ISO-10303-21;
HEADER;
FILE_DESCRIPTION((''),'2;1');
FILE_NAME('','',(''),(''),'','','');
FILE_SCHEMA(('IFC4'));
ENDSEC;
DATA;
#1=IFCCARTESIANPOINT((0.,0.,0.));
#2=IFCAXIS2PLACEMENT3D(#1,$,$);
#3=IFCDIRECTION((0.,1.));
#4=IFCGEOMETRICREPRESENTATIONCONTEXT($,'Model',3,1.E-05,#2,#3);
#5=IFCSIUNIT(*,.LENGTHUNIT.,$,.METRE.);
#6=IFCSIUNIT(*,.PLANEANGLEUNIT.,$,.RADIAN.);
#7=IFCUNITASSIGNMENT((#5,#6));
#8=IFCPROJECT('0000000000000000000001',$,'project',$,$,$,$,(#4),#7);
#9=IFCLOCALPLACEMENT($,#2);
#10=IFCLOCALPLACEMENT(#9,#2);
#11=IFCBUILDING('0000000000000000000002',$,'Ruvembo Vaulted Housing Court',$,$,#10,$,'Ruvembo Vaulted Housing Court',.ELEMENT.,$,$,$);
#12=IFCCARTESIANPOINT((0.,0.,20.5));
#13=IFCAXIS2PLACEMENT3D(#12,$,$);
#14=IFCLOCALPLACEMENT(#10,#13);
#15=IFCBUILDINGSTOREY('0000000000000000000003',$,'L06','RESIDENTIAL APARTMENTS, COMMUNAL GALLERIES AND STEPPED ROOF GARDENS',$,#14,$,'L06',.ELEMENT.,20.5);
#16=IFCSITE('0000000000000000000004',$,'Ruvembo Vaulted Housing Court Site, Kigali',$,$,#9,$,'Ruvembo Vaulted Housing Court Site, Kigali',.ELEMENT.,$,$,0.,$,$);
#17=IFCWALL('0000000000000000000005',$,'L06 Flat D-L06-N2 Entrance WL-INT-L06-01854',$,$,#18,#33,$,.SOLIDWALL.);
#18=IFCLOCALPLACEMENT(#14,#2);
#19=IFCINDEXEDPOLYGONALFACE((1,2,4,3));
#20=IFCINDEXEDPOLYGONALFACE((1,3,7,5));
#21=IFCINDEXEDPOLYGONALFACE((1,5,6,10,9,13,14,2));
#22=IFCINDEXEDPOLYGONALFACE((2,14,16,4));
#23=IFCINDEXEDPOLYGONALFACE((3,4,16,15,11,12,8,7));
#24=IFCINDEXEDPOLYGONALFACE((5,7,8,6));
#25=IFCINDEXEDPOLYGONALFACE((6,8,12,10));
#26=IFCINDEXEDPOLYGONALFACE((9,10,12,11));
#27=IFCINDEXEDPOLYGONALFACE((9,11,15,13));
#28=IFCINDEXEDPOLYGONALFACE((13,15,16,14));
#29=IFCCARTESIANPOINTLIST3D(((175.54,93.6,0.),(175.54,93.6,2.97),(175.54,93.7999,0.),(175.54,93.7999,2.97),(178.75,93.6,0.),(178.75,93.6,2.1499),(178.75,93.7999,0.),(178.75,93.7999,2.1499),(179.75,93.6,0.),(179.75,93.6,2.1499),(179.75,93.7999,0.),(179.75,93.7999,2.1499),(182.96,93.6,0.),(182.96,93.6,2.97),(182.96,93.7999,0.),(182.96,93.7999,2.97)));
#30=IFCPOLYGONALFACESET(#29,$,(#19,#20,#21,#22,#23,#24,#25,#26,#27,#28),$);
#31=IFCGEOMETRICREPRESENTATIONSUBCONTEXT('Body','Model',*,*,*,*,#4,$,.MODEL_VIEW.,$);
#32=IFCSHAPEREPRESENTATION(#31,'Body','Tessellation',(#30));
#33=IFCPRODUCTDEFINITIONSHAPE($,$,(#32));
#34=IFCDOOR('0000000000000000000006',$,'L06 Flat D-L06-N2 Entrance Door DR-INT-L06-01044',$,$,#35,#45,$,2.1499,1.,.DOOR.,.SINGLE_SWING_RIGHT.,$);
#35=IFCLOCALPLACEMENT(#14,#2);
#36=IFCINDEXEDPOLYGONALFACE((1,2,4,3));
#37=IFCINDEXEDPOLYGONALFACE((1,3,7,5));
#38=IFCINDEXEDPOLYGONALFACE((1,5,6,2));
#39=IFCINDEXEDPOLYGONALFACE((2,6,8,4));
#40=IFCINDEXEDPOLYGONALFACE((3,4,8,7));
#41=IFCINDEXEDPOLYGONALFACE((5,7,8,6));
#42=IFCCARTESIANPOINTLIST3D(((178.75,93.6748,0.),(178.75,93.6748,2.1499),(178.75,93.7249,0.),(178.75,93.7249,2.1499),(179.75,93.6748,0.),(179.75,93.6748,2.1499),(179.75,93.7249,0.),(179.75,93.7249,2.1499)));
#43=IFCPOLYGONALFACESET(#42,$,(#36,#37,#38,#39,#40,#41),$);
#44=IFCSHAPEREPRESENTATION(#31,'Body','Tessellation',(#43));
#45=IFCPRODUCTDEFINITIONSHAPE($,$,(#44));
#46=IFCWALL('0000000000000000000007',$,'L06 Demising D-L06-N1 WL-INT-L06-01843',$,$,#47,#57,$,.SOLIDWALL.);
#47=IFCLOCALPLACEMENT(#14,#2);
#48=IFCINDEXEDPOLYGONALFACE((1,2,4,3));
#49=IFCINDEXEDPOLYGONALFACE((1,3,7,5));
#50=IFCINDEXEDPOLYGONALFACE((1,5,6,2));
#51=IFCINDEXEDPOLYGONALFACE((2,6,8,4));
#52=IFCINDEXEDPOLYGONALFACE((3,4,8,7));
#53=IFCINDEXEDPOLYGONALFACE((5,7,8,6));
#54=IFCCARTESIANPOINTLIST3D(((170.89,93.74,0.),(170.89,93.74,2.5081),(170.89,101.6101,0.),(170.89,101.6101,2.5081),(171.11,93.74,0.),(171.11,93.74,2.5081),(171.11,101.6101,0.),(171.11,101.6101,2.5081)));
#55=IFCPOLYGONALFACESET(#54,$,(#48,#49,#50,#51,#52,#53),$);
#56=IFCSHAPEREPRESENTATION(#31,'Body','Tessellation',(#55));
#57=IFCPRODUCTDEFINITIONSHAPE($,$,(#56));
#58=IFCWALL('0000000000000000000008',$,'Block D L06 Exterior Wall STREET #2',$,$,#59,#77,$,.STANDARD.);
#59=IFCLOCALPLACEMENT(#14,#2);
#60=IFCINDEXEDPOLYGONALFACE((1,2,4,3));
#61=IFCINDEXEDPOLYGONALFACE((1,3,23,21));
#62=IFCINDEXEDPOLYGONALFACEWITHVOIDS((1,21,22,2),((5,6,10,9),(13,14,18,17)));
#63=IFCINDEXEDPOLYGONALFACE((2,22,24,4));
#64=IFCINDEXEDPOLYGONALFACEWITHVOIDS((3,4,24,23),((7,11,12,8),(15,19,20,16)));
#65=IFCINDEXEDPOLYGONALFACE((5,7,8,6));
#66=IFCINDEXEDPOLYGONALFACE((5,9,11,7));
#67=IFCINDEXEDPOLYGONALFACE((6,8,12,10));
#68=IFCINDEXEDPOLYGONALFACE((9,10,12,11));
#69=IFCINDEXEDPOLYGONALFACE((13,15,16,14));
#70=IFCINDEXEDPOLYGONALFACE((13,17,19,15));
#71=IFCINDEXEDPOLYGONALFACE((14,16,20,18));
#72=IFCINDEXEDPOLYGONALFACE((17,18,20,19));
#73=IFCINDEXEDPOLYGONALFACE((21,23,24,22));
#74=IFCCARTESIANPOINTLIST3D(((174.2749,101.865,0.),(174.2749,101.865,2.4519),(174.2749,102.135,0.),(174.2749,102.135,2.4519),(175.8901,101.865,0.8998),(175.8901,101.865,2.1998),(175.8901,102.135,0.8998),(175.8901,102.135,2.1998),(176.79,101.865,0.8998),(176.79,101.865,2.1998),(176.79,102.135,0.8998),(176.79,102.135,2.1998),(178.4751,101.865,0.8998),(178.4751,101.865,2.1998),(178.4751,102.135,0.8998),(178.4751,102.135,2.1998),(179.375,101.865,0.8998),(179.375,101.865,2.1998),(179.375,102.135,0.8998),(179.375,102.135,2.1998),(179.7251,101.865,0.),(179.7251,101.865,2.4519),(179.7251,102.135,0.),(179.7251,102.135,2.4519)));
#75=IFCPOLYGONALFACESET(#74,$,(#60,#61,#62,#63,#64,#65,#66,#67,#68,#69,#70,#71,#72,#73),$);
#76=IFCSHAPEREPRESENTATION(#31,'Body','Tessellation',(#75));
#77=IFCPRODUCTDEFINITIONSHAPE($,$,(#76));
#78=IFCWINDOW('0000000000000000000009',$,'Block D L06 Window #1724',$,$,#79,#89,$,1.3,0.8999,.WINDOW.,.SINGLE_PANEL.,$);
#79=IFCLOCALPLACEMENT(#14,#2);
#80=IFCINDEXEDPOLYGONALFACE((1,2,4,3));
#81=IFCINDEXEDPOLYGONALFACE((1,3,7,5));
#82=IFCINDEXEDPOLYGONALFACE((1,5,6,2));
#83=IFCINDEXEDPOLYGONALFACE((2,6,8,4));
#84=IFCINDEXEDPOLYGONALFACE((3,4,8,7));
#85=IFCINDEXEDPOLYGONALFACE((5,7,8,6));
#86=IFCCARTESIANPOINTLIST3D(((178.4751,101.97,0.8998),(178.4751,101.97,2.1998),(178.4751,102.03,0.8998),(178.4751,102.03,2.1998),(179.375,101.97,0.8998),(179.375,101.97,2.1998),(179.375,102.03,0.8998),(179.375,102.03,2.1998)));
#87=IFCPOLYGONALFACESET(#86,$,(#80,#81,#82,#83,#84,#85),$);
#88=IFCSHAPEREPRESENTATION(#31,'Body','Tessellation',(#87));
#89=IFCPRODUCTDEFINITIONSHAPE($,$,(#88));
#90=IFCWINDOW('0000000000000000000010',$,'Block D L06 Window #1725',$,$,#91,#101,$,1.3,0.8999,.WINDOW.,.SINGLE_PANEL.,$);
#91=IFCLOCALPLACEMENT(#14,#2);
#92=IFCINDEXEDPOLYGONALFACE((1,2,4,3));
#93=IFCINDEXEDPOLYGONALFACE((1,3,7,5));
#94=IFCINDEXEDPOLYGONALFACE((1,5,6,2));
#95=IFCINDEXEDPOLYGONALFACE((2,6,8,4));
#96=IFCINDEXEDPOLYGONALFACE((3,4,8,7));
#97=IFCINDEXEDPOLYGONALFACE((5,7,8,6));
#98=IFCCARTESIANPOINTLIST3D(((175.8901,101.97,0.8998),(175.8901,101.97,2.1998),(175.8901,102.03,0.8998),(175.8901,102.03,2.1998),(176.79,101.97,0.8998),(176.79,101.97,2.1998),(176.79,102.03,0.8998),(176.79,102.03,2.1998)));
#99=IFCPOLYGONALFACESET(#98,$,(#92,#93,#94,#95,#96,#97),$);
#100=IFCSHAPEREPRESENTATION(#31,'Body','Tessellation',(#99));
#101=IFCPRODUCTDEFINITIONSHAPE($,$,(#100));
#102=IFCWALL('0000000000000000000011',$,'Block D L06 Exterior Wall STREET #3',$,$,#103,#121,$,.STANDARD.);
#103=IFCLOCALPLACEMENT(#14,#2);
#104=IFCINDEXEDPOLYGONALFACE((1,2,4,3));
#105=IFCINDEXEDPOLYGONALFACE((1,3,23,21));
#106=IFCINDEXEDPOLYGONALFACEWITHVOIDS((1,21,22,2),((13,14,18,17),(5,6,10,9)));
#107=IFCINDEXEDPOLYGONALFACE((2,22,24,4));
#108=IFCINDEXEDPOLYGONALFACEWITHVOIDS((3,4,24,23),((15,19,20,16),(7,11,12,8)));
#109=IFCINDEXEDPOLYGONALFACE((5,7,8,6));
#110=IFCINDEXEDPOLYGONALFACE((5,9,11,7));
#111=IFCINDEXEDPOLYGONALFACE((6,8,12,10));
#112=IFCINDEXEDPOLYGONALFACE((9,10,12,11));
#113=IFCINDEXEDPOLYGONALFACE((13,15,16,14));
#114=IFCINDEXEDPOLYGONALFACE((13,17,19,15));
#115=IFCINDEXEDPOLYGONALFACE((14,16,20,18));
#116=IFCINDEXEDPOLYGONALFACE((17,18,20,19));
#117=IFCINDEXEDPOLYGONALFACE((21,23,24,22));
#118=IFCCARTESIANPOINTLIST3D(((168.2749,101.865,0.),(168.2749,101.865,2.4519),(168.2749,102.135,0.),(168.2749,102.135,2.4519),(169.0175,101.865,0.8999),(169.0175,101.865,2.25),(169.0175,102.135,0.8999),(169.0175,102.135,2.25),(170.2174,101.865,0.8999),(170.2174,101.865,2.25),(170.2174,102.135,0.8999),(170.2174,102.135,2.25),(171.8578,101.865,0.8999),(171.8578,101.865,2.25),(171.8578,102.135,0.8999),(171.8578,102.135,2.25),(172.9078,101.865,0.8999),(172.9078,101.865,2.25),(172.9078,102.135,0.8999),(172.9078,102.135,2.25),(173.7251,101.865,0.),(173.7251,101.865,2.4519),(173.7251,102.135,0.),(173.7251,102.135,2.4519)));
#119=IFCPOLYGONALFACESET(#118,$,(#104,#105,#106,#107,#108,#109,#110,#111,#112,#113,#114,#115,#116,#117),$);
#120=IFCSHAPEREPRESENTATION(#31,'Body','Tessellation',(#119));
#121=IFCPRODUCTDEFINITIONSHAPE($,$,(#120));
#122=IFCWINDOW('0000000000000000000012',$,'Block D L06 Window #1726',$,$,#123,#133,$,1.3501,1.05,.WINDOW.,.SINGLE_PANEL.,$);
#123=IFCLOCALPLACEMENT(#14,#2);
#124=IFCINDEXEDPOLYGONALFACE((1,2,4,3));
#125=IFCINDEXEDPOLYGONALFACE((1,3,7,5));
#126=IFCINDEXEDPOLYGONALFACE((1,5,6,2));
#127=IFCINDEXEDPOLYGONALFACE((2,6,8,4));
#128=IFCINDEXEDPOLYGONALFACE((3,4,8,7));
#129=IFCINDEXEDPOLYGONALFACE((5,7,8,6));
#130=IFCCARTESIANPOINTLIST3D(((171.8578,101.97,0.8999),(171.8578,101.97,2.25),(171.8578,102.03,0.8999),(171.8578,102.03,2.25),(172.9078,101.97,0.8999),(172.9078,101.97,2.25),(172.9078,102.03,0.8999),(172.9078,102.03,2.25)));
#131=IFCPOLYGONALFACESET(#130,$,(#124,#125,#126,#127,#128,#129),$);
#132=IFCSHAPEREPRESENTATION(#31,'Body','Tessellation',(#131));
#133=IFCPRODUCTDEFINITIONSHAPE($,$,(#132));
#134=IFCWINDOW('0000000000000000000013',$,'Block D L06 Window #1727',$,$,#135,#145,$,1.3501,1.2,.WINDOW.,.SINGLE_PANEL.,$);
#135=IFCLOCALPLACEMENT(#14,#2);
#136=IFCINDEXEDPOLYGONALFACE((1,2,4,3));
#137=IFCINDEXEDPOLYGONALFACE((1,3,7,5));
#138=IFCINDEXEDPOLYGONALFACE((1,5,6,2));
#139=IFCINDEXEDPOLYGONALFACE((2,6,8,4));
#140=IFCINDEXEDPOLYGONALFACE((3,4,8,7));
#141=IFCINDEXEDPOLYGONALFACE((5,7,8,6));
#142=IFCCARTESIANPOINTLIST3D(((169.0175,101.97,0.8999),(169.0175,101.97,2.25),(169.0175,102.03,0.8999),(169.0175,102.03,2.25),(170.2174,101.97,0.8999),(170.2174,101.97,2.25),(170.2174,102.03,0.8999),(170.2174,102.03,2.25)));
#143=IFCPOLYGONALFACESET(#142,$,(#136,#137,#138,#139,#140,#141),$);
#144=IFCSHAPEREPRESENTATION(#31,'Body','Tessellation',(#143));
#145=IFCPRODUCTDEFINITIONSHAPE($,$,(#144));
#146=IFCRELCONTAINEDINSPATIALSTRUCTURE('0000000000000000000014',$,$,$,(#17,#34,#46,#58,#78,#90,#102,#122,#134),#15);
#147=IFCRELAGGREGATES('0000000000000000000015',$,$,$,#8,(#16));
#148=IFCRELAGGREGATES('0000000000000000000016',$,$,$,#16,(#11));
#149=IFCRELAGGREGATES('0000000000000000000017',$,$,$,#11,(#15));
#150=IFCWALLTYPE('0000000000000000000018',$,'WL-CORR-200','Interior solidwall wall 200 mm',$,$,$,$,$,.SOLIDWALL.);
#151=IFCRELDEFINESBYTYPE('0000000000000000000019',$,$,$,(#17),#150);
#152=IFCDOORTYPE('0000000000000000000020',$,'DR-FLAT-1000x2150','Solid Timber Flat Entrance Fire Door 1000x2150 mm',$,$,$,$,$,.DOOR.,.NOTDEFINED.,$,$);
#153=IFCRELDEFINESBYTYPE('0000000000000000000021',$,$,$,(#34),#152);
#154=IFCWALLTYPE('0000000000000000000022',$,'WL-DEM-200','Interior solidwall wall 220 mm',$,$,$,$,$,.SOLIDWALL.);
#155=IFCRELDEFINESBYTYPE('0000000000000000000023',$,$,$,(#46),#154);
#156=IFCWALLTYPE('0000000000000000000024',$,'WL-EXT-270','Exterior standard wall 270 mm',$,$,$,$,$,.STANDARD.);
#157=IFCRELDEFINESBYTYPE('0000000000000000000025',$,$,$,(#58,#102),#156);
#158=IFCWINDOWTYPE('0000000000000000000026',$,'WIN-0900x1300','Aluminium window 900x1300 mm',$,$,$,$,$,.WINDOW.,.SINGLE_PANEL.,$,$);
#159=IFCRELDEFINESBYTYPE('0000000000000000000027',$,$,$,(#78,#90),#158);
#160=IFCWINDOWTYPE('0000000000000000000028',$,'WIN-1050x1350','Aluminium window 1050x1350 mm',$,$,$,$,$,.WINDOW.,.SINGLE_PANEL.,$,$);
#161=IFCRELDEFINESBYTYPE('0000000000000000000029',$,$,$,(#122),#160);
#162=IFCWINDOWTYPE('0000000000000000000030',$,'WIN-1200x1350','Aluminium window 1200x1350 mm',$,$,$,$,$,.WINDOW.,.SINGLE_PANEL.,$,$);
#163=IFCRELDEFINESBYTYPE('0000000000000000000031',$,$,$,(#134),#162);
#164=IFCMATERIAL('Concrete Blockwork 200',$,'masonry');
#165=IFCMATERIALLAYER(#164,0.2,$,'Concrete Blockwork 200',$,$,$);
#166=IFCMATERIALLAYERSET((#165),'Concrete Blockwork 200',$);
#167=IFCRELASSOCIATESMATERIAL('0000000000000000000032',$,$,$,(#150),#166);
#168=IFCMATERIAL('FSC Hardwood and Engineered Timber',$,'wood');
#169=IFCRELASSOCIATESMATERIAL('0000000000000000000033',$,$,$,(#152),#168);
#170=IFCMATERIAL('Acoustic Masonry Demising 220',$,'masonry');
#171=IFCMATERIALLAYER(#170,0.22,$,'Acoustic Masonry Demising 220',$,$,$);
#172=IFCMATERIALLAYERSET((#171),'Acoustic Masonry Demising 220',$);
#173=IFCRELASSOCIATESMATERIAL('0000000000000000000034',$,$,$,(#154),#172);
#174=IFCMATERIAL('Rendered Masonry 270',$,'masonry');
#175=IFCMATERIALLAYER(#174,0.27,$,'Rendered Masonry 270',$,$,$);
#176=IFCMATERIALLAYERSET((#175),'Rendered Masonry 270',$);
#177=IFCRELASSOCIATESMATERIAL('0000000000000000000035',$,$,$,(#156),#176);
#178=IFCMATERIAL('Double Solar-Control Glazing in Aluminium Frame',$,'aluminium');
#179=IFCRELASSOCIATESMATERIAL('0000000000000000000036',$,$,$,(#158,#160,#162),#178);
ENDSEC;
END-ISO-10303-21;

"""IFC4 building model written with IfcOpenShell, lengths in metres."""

from ifc_helpers import new_model, si_unit, direction, frame, frame_2d, origin, place, context, subcontext, project, spatial, rectangle, extrude, material, layer, layer_set, type_object, element, fill, save


model = new_model("IFC4")

# Units and contexts
model_context = context("Model", 3, precision=1e-05, world=origin(), true_north=direction((0.0, 1.0)))
body_context = subcontext(model_context, "Body", "Model", "MODEL_VIEW")
ifc_project = project(units=[si_unit("LENGTHUNIT", "METRE"), si_unit("PLANEANGLEUNIT", "RADIAN")], contexts=[model_context])

# Site, building, storey
site_placement = place(None, origin())
site = spatial("IfcSite", under=ifc_project, at=site_placement, Name="Ruvembo Vaulted Housing Court Site, Kigali", LongName="Ruvembo Vaulted Housing Court Site, Kigali", CompositionType="ELEMENT", RefElevation=0.0)
building_placement = place(site_placement, origin())
building = spatial("IfcBuilding", under=site, at=building_placement, Name="Ruvembo Vaulted Housing Court", LongName="Ruvembo Vaulted Housing Court", CompositionType="ELEMENT")
storey_placement = place(building_placement, frame((0.0, 0.0, 20.5)))
storey = spatial("IfcBuildingStorey", under=building, at=storey_placement, Name="L06", Description="RESIDENTIAL APARTMENTS, COMMUNAL GALLERIES AND STEPPED ROOF GARDENS", LongName="L06", CompositionType="ELEMENT", Elevation=20.5)

# Shared definitions
ifc_material_1 = material(Name="Concrete Blockwork 200", Category="masonry")
ifc_layer_1 = layer(ifc_material_1, 0.2, Name="Concrete Blockwork 200")
ifc_layer_set_1 = layer_set([ifc_layer_1], Name="Concrete Blockwork 200")
wall_type_1 = type_object("IfcWallType", Name="WL-CORR-200", Description="Interior solidwall wall 200 mm", PredefinedType="SOLIDWALL", material=ifc_layer_set_1)

# Wall, opening, door
wall_1_placement = place(storey_placement, frame((175.54, 93.7, 0.0), z_axis=(0.0, 0.0, 1.0), x_axis=(1.0, 0.0, 0.0)))
wall_1 = element("IfcWall", 1, at=wall_1_placement, inside=storey, type_object=wall_type_1, Name="L06 Flat D-L06-N2 Entrance WL-INT-L06-01854", PredefinedType="SOLIDWALL", context=body_context, shape_type="SweptSolid", body=[
    extrude(rectangle(XDim=7.4199, YDim=0.2, at=frame_2d((3.71, 0.0))), origin(), (0.0, 0.0, 1.0), 2.97),
])
opening_1_placement = place(wall_1_placement, frame((3.21, 0.0, 0.0)))
opening_1 = element("IfcOpeningElement", 2, at=opening_1_placement, cuts=wall_1, PredefinedType="OPENING", context=body_context, shape_type="SweptSolid", body=[
    extrude(rectangle(XDim=1.0, YDim=2.1499, at=frame_2d((0.5, 1.075))), frame((0.0, 0.1099, 0.0), z_axis=(0.0, -1.0, 0.0), x_axis=(1.0, 0.0, 0.0)), (0.0, 0.0, 1.0), 0.22),
])
ifc_material_2 = material(Name="FSC Hardwood and Engineered Timber", Category="wood")
door_type_1 = type_object("IfcDoorType", Name="DR-FLAT-1000x2150", Description="Solid Timber Flat Entrance Fire Door 1000x2150 mm", OperationType="NOTDEFINED", PredefinedType="DOOR", material=ifc_material_2)
door_1_placement = place(opening_1_placement, origin())
door_1 = element("IfcDoor", 3, at=door_1_placement, inside=storey, type_object=door_type_1, Name="L06 Flat D-L06-N2 Entrance Door DR-INT-L06-01044", OperationType="SINGLE_SWING_RIGHT", OverallHeight=2.1499, OverallWidth=1.0, PredefinedType="DOOR", context=body_context, shape_type="SweptSolid", body=[
    extrude(rectangle(XDim=1.0, YDim=2.1499, at=frame_2d((0.5, 1.075))), frame((0.0, 0.0249, 0.0), z_axis=(0.0, -1.0, 0.0), x_axis=(1.0, 0.0, 0.0)), (0.0, 0.0, 1.0), 0.05),
])
fill(opening_1, door_1)

# Wall
ifc_material_3 = material(Name="Acoustic Masonry Demising 220", Category="masonry")
ifc_layer_2 = layer(ifc_material_3, 0.22, Name="Acoustic Masonry Demising 220")
ifc_layer_set_2 = layer_set([ifc_layer_2], Name="Acoustic Masonry Demising 220")
wall_type_2 = type_object("IfcWallType", Name="WL-DEM-200", Description="Interior solidwall wall 220 mm", PredefinedType="SOLIDWALL", material=ifc_layer_set_2)
wall_2_placement = place(storey_placement, frame((171.0, 93.74, 0.0), z_axis=(0.0, 0.0, 1.0), x_axis=(0.0, 1.0, 0.0)))
element("IfcWall", 4, at=wall_2_placement, inside=storey, type_object=wall_type_2, Name="L06 Demising D-L06-N1 WL-INT-L06-01843", PredefinedType="SOLIDWALL", context=body_context, shape_type="SweptSolid", body=[
    extrude(rectangle(XDim=7.8701, YDim=0.22, at=frame_2d((3.9351, 0.0))), origin(), (0.0, 0.0, 1.0), 2.5081),
])

# Walls, openings, windows
ifc_material_4 = material(Name="Rendered Masonry 270", Category="masonry")
ifc_layer_3 = layer(ifc_material_4, 0.27, Name="Rendered Masonry 270")
ifc_layer_set_3 = layer_set([ifc_layer_3], Name="Rendered Masonry 270")
wall_type_3 = type_object("IfcWallType", Name="WL-EXT-270", Description="Exterior standard wall 270 mm", PredefinedType="STANDARD", material=ifc_layer_set_3)
wall_3_placement = place(storey_placement, frame((179.7251, 102.0, 0.0), z_axis=(0.0, 0.0, 1.0), x_axis=(-1.0, 0.0, 0.0)))
wall_3 = element("IfcWall", 5, at=wall_3_placement, inside=storey, type_object=wall_type_3, Name="Block D L06 Exterior Wall STREET #2", PredefinedType="STANDARD", context=body_context, shape_type="SweptSolid", body=[
    extrude(rectangle(XDim=5.4502, YDim=0.27, at=frame_2d((2.7251, 0.0))), origin(), (0.0, 0.0, 1.0), 2.4519),
])
opening_2_placement = place(wall_3_placement, frame((0.3501, 0.0, 0.8999)))
opening_2 = element("IfcOpeningElement", 6, at=opening_2_placement, cuts=wall_3, PredefinedType="OPENING", context=body_context, shape_type="SweptSolid", body=[
    extrude(rectangle(XDim=0.8999, YDim=1.3, at=frame_2d((0.45, 0.6499))), frame((0.0, 0.145, 0.0), z_axis=(0.0, -1.0, 0.0), x_axis=(1.0, 0.0, 0.0)), (0.0, 0.0, 1.0), 0.29),
])
opening_3_placement = place(wall_3_placement, frame((2.9351, 0.0, 0.8999)))
opening_3 = element("IfcOpeningElement", 7, at=opening_3_placement, cuts=wall_3, PredefinedType="OPENING", context=body_context, shape_type="SweptSolid", body=[
    extrude(rectangle(XDim=0.8999, YDim=1.3, at=frame_2d((0.45, 0.6499))), frame((0.0, 0.145, 0.0), z_axis=(0.0, -1.0, 0.0), x_axis=(1.0, 0.0, 0.0)), (0.0, 0.0, 1.0), 0.29),
])
ifc_material_5 = material(Name="Double Solar-Control Glazing in Aluminium Frame", Category="aluminium")
window_type_1 = type_object("IfcWindowType", Name="WIN-0900x1300", Description="Aluminium window 900x1300 mm", PartitioningType="SINGLE_PANEL", PredefinedType="WINDOW", material=ifc_material_5)
window_1_placement = place(opening_2_placement, origin())
window_1 = element("IfcWindow", 8, at=window_1_placement, inside=storey, type_object=window_type_1, Name="Block D L06 Window #1724", OverallHeight=1.3, OverallWidth=0.8999, PartitioningType="SINGLE_PANEL", PredefinedType="WINDOW", context=body_context, shape_type="SweptSolid", body=[
    extrude(rectangle(XDim=0.8999, YDim=1.3, at=frame_2d((0.45, 0.6499))), frame((0.0, 0.03, 0.0), z_axis=(0.0, -1.0, 0.0), x_axis=(1.0, 0.0, 0.0)), (0.0, 0.0, 1.0), 0.0601),
])
fill(opening_2, window_1)
window_2_placement = place(opening_3_placement, origin())
window_2 = element("IfcWindow", 9, at=window_2_placement, inside=storey, type_object=window_type_1, Name="Block D L06 Window #1725", OverallHeight=1.3, OverallWidth=0.8999, PartitioningType="SINGLE_PANEL", PredefinedType="WINDOW", context=body_context, shape_type="SweptSolid", body=[
    extrude(rectangle(XDim=0.8999, YDim=1.3, at=frame_2d((0.45, 0.6499))), frame((0.0, 0.03, 0.0), z_axis=(0.0, -1.0, 0.0), x_axis=(1.0, 0.0, 0.0)), (0.0, 0.0, 1.0), 0.0601),
])
fill(opening_3, window_2)
wall_4_placement = place(storey_placement, frame((173.7251, 102.0, 0.0), z_axis=(0.0, 0.0, 1.0), x_axis=(-1.0, 0.0, 0.0)))
wall_4 = element("IfcWall", 10, at=wall_4_placement, inside=storey, type_object=wall_type_3, Name="Block D L06 Exterior Wall STREET #3", PredefinedType="STANDARD", context=body_context, shape_type="SweptSolid", body=[
    extrude(rectangle(XDim=5.4502, YDim=0.27, at=frame_2d((2.7251, 0.0))), origin(), (0.0, 0.0, 1.0), 2.4519),
])
opening_4_placement = place(wall_4_placement, frame((0.8174, 0.0, 0.8999)))
opening_4 = element("IfcOpeningElement", 11, at=opening_4_placement, cuts=wall_4, PredefinedType="OPENING", context=body_context, shape_type="SweptSolid", body=[
    extrude(rectangle(XDim=1.05, YDim=1.3501, at=frame_2d((0.5249, 0.675))), frame((0.0, 0.145, 0.0), z_axis=(0.0, -1.0, 0.0), x_axis=(1.0, 0.0, 0.0)), (0.0, 0.0, 1.0), 0.29),
])
opening_5_placement = place(wall_4_placement, frame((3.5076, 0.0, 0.8999)))
opening_5 = element("IfcOpeningElement", 12, at=opening_5_placement, cuts=wall_4, PredefinedType="OPENING", context=body_context, shape_type="SweptSolid", body=[
    extrude(rectangle(XDim=1.2, YDim=1.3501, at=frame_2d((0.6001, 0.675))), frame((0.0, 0.145, 0.0), z_axis=(0.0, -1.0, 0.0), x_axis=(1.0, 0.0, 0.0)), (0.0, 0.0, 1.0), 0.29),
])
window_type_2 = type_object("IfcWindowType", Name="WIN-1050x1350", Description="Aluminium window 1050x1350 mm", PartitioningType="SINGLE_PANEL", PredefinedType="WINDOW", material=ifc_material_5)
window_3_placement = place(opening_4_placement, origin())
window_3 = element("IfcWindow", 13, at=window_3_placement, inside=storey, type_object=window_type_2, Name="Block D L06 Window #1726", OverallHeight=1.3501, OverallWidth=1.05, PartitioningType="SINGLE_PANEL", PredefinedType="WINDOW", context=body_context, shape_type="SweptSolid", body=[
    extrude(rectangle(XDim=1.05, YDim=1.3501, at=frame_2d((0.5249, 0.675))), frame((0.0, 0.03, 0.0), z_axis=(0.0, -1.0, 0.0), x_axis=(1.0, 0.0, 0.0)), (0.0, 0.0, 1.0), 0.0601),
])
fill(opening_4, window_3)
window_type_3 = type_object("IfcWindowType", Name="WIN-1200x1350", Description="Aluminium window 1200x1350 mm", PartitioningType="SINGLE_PANEL", PredefinedType="WINDOW", material=ifc_material_5)
window_4_placement = place(opening_5_placement, origin())
window_4 = element("IfcWindow", 14, at=window_4_placement, inside=storey, type_object=window_type_3, Name="Block D L06 Window #1727", OverallHeight=1.3501, OverallWidth=1.2, PartitioningType="SINGLE_PANEL", PredefinedType="WINDOW", context=body_context, shape_type="SweptSolid", body=[
    extrude(rectangle(XDim=1.2, YDim=1.3501, at=frame_2d((0.6001, 0.675))), frame((0.0, 0.03, 0.0), z_axis=(0.0, -1.0, 0.0), x_axis=(1.0, 0.0, 0.0)), (0.0, 0.0, 1.0), 0.0601),
])
fill(opening_5, window_4)

save(model, "model.ifc")
